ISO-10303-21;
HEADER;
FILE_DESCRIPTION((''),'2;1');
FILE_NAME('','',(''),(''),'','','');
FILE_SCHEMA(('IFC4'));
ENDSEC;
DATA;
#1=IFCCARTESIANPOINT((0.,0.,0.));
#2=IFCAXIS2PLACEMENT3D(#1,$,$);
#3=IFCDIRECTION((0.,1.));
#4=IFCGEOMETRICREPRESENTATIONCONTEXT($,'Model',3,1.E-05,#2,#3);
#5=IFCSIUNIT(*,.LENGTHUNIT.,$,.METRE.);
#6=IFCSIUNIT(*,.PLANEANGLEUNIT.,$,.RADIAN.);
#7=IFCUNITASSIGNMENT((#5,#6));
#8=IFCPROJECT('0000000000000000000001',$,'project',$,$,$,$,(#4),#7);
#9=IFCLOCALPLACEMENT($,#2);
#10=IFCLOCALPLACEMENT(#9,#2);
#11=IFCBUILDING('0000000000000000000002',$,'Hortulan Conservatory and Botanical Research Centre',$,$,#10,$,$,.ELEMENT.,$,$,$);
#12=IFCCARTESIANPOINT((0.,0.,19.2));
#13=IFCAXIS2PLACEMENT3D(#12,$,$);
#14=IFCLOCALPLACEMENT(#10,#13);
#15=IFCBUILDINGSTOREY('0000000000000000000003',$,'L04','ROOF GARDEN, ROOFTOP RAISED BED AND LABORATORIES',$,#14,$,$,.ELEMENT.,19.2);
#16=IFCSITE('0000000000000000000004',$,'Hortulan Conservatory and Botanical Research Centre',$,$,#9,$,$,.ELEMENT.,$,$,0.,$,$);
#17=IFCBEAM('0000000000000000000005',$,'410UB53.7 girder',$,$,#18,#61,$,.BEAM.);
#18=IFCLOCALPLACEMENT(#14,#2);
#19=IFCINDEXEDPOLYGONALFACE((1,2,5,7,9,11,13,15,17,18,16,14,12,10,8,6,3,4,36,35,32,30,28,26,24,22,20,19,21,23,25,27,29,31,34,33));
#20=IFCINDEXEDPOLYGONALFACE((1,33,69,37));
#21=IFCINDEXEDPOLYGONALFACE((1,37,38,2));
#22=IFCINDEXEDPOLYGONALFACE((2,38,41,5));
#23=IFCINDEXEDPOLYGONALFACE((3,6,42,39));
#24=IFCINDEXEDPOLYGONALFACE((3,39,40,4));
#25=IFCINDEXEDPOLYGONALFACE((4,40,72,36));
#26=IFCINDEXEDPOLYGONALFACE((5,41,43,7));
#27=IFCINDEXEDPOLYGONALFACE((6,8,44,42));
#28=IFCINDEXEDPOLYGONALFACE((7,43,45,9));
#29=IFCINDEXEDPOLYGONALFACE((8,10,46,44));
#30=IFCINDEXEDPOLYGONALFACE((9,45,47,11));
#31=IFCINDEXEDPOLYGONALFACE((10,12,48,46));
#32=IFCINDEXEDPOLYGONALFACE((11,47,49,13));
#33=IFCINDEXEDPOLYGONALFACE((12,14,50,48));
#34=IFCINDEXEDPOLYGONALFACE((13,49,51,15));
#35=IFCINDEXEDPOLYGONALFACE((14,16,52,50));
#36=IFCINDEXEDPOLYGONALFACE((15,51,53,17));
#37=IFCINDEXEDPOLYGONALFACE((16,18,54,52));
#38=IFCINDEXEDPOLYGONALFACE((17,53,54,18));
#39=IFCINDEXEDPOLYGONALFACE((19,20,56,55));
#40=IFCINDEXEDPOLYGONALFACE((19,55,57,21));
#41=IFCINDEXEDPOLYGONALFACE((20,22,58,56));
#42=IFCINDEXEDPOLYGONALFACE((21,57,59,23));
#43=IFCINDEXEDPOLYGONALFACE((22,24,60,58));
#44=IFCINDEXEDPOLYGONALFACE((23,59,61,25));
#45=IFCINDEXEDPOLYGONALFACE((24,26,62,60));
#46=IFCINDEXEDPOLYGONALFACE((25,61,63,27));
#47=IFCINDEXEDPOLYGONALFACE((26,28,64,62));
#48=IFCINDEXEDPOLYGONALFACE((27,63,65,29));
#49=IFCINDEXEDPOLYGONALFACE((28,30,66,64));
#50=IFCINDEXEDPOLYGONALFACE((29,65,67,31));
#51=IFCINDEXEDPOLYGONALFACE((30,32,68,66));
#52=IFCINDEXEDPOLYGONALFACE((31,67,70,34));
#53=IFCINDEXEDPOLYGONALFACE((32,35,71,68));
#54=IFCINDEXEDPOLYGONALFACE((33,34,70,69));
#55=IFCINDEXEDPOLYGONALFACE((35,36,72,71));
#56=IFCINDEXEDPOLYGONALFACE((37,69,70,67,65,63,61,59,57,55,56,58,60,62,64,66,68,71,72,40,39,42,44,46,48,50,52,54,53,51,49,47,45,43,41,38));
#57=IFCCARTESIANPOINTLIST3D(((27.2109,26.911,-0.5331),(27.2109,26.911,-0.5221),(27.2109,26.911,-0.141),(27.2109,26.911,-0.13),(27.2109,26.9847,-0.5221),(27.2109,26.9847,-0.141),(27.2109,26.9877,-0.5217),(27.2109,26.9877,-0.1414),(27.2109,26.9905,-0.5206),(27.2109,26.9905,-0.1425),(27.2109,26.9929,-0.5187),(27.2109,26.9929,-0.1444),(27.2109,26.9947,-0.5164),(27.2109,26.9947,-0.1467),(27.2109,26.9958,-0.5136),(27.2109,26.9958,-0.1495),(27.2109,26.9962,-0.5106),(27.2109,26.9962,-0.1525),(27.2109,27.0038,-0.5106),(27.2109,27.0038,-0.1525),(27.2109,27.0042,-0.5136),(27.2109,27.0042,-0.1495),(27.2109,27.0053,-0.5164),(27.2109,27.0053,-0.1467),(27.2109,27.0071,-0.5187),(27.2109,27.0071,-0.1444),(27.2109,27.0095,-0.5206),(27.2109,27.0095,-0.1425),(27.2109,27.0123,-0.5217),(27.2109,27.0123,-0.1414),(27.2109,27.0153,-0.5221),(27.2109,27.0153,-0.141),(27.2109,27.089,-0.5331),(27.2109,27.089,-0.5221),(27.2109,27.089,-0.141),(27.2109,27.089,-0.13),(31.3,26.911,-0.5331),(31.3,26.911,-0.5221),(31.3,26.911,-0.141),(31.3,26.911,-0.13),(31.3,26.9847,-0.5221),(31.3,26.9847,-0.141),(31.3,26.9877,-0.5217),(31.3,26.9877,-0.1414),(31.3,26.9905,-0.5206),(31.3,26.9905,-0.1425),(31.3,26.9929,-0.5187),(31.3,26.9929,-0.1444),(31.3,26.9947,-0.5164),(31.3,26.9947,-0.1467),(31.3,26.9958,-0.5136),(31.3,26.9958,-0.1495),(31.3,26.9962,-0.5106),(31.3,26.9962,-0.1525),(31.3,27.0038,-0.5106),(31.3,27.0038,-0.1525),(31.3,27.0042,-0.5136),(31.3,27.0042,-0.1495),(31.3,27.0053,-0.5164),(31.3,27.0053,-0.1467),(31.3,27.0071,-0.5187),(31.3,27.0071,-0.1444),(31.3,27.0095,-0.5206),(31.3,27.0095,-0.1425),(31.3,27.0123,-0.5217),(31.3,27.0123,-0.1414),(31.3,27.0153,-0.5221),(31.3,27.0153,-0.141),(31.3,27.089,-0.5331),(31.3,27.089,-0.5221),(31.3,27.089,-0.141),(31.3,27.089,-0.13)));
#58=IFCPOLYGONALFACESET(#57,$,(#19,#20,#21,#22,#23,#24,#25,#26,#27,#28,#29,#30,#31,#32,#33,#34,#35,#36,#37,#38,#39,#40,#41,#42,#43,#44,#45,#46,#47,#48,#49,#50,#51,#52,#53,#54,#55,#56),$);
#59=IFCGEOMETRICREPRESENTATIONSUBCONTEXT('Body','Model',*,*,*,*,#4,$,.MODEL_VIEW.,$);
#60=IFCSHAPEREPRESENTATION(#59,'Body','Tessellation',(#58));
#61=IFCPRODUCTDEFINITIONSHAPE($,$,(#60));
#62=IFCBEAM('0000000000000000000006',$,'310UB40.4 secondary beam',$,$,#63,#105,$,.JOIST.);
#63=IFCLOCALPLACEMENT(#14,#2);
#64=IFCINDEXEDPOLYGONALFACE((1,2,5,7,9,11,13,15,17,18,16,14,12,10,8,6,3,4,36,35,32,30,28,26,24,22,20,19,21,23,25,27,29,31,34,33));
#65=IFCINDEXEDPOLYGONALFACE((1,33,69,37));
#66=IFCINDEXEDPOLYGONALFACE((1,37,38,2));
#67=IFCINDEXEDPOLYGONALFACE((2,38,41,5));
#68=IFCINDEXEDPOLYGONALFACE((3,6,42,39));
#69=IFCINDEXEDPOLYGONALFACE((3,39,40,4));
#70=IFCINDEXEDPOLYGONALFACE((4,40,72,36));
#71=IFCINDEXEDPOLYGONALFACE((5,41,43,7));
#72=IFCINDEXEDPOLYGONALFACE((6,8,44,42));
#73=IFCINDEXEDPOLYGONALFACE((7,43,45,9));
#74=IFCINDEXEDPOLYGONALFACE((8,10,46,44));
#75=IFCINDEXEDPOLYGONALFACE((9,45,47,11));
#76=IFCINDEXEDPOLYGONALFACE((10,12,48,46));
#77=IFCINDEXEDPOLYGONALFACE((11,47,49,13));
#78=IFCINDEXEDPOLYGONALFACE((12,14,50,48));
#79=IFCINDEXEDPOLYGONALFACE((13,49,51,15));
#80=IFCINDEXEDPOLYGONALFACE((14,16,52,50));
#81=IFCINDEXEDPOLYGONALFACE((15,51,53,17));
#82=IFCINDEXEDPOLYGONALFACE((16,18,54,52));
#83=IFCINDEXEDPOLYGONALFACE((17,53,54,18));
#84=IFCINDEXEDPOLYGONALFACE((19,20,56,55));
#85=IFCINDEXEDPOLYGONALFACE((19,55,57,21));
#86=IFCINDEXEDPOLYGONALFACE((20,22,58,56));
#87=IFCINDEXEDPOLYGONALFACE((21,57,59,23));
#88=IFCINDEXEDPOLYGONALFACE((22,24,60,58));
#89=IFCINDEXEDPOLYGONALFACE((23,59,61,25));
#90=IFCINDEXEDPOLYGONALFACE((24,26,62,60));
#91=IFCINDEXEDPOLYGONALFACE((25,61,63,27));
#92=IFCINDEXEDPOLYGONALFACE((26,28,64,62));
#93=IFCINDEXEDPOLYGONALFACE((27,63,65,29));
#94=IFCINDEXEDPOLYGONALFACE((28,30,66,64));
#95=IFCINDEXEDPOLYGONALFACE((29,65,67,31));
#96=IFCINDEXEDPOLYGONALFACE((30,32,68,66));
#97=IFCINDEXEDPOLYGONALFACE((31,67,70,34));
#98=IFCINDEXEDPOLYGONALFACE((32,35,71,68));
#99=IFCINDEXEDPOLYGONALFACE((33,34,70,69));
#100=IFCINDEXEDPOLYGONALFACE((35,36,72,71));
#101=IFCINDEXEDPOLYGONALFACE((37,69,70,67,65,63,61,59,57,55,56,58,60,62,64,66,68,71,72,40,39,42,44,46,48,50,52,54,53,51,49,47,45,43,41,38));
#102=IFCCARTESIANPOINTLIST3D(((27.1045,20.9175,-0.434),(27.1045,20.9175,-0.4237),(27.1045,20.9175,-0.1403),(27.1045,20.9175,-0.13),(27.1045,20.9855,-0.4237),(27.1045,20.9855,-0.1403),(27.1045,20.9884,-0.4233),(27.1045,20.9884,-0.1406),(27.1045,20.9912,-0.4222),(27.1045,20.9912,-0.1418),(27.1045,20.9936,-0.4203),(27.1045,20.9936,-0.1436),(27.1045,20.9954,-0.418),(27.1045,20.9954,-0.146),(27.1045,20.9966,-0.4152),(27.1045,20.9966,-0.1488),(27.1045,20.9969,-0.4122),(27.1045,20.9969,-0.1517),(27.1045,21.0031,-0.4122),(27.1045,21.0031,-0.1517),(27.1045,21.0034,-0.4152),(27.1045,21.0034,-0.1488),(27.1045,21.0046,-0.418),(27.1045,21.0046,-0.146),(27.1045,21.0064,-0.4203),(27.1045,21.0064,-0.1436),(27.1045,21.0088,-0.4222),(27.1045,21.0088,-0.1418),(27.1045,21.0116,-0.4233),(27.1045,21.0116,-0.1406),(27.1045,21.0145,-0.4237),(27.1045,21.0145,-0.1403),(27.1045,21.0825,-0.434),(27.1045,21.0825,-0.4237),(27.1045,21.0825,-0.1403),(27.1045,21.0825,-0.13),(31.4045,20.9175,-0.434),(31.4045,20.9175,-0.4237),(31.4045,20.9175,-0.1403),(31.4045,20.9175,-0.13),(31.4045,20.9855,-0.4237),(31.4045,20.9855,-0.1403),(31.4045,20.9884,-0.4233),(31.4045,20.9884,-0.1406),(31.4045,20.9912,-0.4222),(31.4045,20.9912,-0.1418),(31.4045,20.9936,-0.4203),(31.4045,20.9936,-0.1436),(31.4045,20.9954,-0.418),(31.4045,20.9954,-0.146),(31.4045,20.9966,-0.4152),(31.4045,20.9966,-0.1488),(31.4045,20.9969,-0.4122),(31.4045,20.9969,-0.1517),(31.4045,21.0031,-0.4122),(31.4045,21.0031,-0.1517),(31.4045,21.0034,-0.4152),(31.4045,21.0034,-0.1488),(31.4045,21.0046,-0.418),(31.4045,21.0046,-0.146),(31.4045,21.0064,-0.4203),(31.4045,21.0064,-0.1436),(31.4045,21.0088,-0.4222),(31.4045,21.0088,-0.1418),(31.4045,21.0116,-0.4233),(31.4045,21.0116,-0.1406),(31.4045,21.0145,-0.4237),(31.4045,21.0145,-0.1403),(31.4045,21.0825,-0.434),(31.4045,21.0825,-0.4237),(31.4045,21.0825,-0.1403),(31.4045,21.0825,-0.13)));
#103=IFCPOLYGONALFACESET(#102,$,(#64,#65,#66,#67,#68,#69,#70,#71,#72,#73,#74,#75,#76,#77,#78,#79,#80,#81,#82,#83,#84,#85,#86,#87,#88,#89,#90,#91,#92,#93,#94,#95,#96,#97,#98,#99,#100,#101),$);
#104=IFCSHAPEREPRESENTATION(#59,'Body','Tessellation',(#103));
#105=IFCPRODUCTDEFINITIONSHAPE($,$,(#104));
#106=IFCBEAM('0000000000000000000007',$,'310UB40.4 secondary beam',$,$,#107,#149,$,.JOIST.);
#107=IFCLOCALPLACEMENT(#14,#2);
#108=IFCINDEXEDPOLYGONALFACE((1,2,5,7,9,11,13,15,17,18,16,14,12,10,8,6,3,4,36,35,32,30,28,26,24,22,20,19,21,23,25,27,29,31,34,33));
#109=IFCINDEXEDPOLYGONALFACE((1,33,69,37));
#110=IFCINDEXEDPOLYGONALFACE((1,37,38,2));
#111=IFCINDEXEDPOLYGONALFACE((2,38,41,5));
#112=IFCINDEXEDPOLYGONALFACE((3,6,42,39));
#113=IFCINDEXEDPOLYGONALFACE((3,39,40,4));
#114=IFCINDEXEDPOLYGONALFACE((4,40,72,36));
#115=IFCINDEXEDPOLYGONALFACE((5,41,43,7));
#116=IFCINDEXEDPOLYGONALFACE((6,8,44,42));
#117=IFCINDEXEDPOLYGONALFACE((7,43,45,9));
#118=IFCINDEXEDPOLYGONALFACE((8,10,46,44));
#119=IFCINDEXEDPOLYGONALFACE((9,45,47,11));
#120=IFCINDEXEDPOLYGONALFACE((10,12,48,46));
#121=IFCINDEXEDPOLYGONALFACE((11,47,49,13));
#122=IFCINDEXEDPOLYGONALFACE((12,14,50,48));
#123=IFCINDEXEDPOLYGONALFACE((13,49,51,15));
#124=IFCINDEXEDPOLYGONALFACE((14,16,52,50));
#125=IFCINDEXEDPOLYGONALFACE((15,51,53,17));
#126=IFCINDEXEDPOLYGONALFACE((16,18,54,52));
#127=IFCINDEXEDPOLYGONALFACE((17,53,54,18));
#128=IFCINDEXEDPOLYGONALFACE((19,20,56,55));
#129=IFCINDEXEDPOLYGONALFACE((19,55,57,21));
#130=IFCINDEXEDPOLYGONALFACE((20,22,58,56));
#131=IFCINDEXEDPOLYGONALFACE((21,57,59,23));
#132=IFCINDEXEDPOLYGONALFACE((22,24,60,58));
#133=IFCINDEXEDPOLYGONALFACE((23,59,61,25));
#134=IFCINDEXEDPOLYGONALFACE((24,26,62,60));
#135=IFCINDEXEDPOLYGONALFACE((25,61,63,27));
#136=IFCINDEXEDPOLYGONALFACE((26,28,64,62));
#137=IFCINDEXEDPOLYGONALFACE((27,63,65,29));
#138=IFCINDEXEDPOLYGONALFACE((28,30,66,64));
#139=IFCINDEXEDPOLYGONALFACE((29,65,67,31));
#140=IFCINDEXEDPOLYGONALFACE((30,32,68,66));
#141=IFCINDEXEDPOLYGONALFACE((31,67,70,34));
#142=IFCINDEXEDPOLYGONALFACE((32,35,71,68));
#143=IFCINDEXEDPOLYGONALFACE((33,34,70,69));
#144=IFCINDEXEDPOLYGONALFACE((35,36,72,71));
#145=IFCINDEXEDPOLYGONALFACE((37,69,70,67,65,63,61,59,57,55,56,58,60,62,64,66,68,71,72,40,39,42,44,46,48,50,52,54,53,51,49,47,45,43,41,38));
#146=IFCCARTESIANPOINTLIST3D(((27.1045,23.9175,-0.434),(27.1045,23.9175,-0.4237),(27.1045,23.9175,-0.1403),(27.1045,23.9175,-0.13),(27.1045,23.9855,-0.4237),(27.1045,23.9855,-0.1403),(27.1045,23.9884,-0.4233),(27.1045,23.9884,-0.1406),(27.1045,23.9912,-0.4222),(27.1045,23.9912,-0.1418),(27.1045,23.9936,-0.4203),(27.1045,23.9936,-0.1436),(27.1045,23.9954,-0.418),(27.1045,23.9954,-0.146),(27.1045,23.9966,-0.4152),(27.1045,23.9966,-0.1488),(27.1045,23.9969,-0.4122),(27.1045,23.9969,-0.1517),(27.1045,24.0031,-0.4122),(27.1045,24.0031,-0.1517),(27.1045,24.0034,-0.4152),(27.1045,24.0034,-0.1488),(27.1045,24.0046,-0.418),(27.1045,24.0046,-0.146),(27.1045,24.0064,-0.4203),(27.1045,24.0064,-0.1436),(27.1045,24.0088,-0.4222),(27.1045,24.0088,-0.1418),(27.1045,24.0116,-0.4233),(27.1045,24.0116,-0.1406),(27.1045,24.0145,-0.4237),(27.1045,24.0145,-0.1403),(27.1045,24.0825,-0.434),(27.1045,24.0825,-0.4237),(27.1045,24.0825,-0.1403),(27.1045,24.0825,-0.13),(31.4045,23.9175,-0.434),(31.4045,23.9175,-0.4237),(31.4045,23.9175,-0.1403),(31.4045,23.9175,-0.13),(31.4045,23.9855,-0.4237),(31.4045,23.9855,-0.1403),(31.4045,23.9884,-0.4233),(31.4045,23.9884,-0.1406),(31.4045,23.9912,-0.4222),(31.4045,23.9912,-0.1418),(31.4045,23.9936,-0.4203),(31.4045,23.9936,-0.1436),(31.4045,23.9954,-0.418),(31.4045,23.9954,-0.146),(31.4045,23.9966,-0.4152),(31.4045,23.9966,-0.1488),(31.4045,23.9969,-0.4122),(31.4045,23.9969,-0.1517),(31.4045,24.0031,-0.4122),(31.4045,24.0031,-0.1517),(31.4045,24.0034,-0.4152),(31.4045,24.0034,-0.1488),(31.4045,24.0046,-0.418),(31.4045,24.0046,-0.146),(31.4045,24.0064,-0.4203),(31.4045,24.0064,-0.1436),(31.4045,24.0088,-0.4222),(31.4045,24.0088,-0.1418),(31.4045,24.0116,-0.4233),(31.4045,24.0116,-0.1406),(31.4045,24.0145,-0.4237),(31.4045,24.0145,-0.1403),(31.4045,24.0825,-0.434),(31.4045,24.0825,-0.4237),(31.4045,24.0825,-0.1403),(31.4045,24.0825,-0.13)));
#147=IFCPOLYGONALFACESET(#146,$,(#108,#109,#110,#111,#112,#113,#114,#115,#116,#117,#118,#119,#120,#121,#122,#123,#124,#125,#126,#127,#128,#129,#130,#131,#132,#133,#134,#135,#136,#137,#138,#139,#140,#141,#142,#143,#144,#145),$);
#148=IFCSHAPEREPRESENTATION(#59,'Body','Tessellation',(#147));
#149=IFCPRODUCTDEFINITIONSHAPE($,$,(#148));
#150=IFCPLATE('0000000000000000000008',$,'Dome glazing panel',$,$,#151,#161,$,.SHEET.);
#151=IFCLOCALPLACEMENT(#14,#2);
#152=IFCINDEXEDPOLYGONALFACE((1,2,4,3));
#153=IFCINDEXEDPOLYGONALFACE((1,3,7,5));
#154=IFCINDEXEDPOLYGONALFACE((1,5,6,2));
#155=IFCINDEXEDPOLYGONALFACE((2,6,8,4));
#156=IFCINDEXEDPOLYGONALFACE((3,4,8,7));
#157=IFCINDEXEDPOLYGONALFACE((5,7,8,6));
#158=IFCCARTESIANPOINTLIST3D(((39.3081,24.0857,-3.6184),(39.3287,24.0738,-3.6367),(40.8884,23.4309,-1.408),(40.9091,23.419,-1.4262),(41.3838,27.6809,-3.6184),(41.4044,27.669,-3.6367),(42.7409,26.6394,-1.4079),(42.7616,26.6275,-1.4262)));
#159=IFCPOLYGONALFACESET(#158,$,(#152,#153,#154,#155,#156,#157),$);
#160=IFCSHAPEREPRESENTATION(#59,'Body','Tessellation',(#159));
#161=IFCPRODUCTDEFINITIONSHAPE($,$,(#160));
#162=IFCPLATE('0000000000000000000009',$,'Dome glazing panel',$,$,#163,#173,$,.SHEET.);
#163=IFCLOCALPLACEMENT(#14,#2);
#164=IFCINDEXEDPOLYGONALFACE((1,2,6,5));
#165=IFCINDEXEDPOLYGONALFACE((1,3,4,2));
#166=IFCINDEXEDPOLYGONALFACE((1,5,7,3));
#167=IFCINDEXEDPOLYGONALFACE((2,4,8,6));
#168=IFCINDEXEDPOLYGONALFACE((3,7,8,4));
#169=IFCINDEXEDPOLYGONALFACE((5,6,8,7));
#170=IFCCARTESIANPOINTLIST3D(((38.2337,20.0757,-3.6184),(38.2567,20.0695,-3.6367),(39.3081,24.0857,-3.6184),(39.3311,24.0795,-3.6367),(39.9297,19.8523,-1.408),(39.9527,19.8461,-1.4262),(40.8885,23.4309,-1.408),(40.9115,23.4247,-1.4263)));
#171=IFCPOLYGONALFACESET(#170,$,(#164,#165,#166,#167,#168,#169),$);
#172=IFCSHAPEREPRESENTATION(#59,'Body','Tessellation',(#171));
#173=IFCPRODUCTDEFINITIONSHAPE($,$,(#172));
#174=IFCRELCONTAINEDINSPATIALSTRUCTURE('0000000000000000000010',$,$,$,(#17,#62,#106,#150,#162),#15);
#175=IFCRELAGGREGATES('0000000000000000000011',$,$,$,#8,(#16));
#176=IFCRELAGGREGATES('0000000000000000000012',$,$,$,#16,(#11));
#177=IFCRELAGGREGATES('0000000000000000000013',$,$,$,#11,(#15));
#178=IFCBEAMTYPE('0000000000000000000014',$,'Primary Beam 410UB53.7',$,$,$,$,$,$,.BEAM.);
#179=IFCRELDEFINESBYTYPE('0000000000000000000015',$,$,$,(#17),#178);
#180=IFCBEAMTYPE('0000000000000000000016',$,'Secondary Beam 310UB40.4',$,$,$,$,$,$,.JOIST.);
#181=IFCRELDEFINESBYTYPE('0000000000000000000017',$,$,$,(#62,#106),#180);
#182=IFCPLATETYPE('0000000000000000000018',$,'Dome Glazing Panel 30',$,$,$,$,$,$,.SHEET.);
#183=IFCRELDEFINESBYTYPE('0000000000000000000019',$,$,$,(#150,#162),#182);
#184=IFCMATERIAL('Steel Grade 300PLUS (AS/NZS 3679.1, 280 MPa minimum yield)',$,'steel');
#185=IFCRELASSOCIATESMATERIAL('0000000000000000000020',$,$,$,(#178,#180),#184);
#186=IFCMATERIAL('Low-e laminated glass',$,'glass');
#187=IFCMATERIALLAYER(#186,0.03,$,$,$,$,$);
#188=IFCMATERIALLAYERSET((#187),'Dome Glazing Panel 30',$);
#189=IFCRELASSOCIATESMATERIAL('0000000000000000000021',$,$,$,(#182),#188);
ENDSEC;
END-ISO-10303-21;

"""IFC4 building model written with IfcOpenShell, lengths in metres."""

from ifc_helpers import new_model, si_unit, direction, frame, origin, origin_2d, place, context, subcontext, project, spatial, polyline, i_section, outline, extrude, material, layer, layer_set, material_profile, profile_set, type_object, element, save


model = new_model("IFC4")

# Units and contexts
model_context = context("Model", 3, precision=1e-05, world=origin(), true_north=direction((0.0, 1.0)))
body_context = subcontext(model_context, "Body", "Model", "MODEL_VIEW")
ifc_project = project(units=[si_unit("LENGTHUNIT", "METRE"), si_unit("PLANEANGLEUNIT", "RADIAN")], contexts=[model_context])

# Site, building, storey
site_placement = place(None, origin())
site = spatial("IfcSite", under=ifc_project, at=site_placement, Name="Hortulan Conservatory and Botanical Research Centre", CompositionType="ELEMENT", RefElevation=0.0)
building_placement = place(site_placement, origin())
building = spatial("IfcBuilding", under=site, at=building_placement, Name="Hortulan Conservatory and Botanical Research Centre", CompositionType="ELEMENT")
storey_placement = place(building_placement, frame((0.0, 0.0, 19.2)))
storey = spatial("IfcBuildingStorey", under=building, at=storey_placement, Name="L04", Description="ROOF GARDEN, ROOFTOP RAISED BED AND LABORATORIES", CompositionType="ELEMENT", Elevation=19.2)

# Beams
ifc_material_1 = material(Name="Steel Grade 300PLUS (AS/NZS 3679.1, 280 MPa minimum yield)", Category="steel")
ifc_material_profile_1 = material_profile(ifc_material_1, i_section(OverallWidth=0.178, OverallDepth=0.4031, WebThickness=0.0076, FlangeThickness=0.011, FilletRadius=0.0115, at=origin_2d()), Name="410UB53.7")
ifc_profile_set_1 = profile_set([ifc_material_profile_1], Name="Steel Grade 300PLUS (AS/NZS 3679.1, 280 MPa minimum yield)")
beam_type_1 = type_object("IfcBeamType", Name="Primary Beam 410UB53.7", PredefinedType="BEAM", material=ifc_profile_set_1)
beam_1_placement = place(storey_placement, frame((27.2109, 27.0, -0.3315), z_axis=(1.0, 0.0, 0.0), x_axis=(0.0, 1.0, 0.0)))
element("IfcBeam", 1, at=beam_1_placement, inside=storey, type_object=beam_type_1, Name="410UB53.7 girder", PredefinedType="BEAM", context=body_context, shape_type="SweptSolid", body=[
    extrude(i_section(OverallWidth=0.178, OverallDepth=0.4031, WebThickness=0.0076, FlangeThickness=0.011, FilletRadius=0.0115, at=origin_2d()), origin(), (0.0, 0.0, 1.0), 4.0891),
])
ifc_material_profile_2 = material_profile(ifc_material_1, i_section(OverallWidth=0.165, OverallDepth=0.304, WebThickness=0.0061, FlangeThickness=0.0103, FilletRadius=0.0115, at=origin_2d()), Name="310UB40.4")
ifc_profile_set_2 = profile_set([ifc_material_profile_2], Name="Steel Grade 300PLUS (AS/NZS 3679.1, 280 MPa minimum yield)")
beam_type_2 = type_object("IfcBeamType", Name="Secondary Beam 310UB40.4", PredefinedType="JOIST", material=ifc_profile_set_2)
for number, where, z_axis, x_axis, name in (
    (2, (27.1045, 21.0, -0.282), (1.0, 0.0, 0.0), (0.0, 1.0, 0.0), "310UB40.4 secondary beam"),
    (3, (27.1045, 24.0, -0.282), (1.0, 0.0, 0.0), (0.0, 1.0, 0.0), "310UB40.4 secondary beam"),
):
    element("IfcBeam", number, at=place(storey_placement, frame(where, z_axis=z_axis, x_axis=x_axis)), inside=storey, type_object=beam_type_2, Name=name, PredefinedType="JOIST", context=body_context, shape_type="SweptSolid", body=[
        extrude(i_section(OverallWidth=0.165, OverallDepth=0.304, WebThickness=0.0061, FlangeThickness=0.0103, FilletRadius=0.0115, at=origin_2d()), origin(), (0.0, 0.0, 1.0), 4.3),
    ])

# Plates
ifc_material_2 = material(Name="Low-e laminated glass", Category="glass")
ifc_layer_1 = layer(ifc_material_2, 0.03)
ifc_layer_set_1 = layer_set([ifc_layer_1], Name="Dome Glazing Panel 30")
plate_type = type_object("IfcPlateType", Name="Dome Glazing Panel 30", PredefinedType="SHEET", material=ifc_layer_set_1)
plate_1_placement = place(storey_placement, frame((41.3838, 27.6809, -3.6184), z_axis=(-0.687073, 0.396692, 0.608741), x_axis=(-0.500005, -0.866023, 0.000007)))
element("IfcPlate", 4, at=plate_1_placement, inside=storey, type_object=plate_type, Name="Dome glazing panel", PredefinedType="SHEET", context=body_context, shape_type="SweptSolid", body=[
    extrude(outline(polyline([(0.0, 0.0), (4.1514, 0.0), (3.9283, 2.7861), (0.2234, 2.7862), (0.0, 0.0)])), origin(), (0.0, 0.0, -1.0), 0.03),
])
plate_2_placement = place(storey_placement, frame((39.3081, 24.0857, -3.6184), z_axis=(-0.766346, 0.205325, 0.608732), x_axis=(-0.258806, -0.965929, -0.000008)))
element("IfcPlate", 5, at=plate_2_placement, inside=storey, type_object=plate_type, Name="Dome glazing panel", PredefinedType="SHEET", context=body_context, shape_type="SweptSolid", body=[
    extrude(outline(polyline([(0.0, 0.0), (4.1515, 0.0), (3.9283, 2.7862), (0.2235, 2.7861), (0.0, 0.0)])), origin(), (0.0, 0.0, -1.0), 0.03),
])

save(model, "model.ifc")
